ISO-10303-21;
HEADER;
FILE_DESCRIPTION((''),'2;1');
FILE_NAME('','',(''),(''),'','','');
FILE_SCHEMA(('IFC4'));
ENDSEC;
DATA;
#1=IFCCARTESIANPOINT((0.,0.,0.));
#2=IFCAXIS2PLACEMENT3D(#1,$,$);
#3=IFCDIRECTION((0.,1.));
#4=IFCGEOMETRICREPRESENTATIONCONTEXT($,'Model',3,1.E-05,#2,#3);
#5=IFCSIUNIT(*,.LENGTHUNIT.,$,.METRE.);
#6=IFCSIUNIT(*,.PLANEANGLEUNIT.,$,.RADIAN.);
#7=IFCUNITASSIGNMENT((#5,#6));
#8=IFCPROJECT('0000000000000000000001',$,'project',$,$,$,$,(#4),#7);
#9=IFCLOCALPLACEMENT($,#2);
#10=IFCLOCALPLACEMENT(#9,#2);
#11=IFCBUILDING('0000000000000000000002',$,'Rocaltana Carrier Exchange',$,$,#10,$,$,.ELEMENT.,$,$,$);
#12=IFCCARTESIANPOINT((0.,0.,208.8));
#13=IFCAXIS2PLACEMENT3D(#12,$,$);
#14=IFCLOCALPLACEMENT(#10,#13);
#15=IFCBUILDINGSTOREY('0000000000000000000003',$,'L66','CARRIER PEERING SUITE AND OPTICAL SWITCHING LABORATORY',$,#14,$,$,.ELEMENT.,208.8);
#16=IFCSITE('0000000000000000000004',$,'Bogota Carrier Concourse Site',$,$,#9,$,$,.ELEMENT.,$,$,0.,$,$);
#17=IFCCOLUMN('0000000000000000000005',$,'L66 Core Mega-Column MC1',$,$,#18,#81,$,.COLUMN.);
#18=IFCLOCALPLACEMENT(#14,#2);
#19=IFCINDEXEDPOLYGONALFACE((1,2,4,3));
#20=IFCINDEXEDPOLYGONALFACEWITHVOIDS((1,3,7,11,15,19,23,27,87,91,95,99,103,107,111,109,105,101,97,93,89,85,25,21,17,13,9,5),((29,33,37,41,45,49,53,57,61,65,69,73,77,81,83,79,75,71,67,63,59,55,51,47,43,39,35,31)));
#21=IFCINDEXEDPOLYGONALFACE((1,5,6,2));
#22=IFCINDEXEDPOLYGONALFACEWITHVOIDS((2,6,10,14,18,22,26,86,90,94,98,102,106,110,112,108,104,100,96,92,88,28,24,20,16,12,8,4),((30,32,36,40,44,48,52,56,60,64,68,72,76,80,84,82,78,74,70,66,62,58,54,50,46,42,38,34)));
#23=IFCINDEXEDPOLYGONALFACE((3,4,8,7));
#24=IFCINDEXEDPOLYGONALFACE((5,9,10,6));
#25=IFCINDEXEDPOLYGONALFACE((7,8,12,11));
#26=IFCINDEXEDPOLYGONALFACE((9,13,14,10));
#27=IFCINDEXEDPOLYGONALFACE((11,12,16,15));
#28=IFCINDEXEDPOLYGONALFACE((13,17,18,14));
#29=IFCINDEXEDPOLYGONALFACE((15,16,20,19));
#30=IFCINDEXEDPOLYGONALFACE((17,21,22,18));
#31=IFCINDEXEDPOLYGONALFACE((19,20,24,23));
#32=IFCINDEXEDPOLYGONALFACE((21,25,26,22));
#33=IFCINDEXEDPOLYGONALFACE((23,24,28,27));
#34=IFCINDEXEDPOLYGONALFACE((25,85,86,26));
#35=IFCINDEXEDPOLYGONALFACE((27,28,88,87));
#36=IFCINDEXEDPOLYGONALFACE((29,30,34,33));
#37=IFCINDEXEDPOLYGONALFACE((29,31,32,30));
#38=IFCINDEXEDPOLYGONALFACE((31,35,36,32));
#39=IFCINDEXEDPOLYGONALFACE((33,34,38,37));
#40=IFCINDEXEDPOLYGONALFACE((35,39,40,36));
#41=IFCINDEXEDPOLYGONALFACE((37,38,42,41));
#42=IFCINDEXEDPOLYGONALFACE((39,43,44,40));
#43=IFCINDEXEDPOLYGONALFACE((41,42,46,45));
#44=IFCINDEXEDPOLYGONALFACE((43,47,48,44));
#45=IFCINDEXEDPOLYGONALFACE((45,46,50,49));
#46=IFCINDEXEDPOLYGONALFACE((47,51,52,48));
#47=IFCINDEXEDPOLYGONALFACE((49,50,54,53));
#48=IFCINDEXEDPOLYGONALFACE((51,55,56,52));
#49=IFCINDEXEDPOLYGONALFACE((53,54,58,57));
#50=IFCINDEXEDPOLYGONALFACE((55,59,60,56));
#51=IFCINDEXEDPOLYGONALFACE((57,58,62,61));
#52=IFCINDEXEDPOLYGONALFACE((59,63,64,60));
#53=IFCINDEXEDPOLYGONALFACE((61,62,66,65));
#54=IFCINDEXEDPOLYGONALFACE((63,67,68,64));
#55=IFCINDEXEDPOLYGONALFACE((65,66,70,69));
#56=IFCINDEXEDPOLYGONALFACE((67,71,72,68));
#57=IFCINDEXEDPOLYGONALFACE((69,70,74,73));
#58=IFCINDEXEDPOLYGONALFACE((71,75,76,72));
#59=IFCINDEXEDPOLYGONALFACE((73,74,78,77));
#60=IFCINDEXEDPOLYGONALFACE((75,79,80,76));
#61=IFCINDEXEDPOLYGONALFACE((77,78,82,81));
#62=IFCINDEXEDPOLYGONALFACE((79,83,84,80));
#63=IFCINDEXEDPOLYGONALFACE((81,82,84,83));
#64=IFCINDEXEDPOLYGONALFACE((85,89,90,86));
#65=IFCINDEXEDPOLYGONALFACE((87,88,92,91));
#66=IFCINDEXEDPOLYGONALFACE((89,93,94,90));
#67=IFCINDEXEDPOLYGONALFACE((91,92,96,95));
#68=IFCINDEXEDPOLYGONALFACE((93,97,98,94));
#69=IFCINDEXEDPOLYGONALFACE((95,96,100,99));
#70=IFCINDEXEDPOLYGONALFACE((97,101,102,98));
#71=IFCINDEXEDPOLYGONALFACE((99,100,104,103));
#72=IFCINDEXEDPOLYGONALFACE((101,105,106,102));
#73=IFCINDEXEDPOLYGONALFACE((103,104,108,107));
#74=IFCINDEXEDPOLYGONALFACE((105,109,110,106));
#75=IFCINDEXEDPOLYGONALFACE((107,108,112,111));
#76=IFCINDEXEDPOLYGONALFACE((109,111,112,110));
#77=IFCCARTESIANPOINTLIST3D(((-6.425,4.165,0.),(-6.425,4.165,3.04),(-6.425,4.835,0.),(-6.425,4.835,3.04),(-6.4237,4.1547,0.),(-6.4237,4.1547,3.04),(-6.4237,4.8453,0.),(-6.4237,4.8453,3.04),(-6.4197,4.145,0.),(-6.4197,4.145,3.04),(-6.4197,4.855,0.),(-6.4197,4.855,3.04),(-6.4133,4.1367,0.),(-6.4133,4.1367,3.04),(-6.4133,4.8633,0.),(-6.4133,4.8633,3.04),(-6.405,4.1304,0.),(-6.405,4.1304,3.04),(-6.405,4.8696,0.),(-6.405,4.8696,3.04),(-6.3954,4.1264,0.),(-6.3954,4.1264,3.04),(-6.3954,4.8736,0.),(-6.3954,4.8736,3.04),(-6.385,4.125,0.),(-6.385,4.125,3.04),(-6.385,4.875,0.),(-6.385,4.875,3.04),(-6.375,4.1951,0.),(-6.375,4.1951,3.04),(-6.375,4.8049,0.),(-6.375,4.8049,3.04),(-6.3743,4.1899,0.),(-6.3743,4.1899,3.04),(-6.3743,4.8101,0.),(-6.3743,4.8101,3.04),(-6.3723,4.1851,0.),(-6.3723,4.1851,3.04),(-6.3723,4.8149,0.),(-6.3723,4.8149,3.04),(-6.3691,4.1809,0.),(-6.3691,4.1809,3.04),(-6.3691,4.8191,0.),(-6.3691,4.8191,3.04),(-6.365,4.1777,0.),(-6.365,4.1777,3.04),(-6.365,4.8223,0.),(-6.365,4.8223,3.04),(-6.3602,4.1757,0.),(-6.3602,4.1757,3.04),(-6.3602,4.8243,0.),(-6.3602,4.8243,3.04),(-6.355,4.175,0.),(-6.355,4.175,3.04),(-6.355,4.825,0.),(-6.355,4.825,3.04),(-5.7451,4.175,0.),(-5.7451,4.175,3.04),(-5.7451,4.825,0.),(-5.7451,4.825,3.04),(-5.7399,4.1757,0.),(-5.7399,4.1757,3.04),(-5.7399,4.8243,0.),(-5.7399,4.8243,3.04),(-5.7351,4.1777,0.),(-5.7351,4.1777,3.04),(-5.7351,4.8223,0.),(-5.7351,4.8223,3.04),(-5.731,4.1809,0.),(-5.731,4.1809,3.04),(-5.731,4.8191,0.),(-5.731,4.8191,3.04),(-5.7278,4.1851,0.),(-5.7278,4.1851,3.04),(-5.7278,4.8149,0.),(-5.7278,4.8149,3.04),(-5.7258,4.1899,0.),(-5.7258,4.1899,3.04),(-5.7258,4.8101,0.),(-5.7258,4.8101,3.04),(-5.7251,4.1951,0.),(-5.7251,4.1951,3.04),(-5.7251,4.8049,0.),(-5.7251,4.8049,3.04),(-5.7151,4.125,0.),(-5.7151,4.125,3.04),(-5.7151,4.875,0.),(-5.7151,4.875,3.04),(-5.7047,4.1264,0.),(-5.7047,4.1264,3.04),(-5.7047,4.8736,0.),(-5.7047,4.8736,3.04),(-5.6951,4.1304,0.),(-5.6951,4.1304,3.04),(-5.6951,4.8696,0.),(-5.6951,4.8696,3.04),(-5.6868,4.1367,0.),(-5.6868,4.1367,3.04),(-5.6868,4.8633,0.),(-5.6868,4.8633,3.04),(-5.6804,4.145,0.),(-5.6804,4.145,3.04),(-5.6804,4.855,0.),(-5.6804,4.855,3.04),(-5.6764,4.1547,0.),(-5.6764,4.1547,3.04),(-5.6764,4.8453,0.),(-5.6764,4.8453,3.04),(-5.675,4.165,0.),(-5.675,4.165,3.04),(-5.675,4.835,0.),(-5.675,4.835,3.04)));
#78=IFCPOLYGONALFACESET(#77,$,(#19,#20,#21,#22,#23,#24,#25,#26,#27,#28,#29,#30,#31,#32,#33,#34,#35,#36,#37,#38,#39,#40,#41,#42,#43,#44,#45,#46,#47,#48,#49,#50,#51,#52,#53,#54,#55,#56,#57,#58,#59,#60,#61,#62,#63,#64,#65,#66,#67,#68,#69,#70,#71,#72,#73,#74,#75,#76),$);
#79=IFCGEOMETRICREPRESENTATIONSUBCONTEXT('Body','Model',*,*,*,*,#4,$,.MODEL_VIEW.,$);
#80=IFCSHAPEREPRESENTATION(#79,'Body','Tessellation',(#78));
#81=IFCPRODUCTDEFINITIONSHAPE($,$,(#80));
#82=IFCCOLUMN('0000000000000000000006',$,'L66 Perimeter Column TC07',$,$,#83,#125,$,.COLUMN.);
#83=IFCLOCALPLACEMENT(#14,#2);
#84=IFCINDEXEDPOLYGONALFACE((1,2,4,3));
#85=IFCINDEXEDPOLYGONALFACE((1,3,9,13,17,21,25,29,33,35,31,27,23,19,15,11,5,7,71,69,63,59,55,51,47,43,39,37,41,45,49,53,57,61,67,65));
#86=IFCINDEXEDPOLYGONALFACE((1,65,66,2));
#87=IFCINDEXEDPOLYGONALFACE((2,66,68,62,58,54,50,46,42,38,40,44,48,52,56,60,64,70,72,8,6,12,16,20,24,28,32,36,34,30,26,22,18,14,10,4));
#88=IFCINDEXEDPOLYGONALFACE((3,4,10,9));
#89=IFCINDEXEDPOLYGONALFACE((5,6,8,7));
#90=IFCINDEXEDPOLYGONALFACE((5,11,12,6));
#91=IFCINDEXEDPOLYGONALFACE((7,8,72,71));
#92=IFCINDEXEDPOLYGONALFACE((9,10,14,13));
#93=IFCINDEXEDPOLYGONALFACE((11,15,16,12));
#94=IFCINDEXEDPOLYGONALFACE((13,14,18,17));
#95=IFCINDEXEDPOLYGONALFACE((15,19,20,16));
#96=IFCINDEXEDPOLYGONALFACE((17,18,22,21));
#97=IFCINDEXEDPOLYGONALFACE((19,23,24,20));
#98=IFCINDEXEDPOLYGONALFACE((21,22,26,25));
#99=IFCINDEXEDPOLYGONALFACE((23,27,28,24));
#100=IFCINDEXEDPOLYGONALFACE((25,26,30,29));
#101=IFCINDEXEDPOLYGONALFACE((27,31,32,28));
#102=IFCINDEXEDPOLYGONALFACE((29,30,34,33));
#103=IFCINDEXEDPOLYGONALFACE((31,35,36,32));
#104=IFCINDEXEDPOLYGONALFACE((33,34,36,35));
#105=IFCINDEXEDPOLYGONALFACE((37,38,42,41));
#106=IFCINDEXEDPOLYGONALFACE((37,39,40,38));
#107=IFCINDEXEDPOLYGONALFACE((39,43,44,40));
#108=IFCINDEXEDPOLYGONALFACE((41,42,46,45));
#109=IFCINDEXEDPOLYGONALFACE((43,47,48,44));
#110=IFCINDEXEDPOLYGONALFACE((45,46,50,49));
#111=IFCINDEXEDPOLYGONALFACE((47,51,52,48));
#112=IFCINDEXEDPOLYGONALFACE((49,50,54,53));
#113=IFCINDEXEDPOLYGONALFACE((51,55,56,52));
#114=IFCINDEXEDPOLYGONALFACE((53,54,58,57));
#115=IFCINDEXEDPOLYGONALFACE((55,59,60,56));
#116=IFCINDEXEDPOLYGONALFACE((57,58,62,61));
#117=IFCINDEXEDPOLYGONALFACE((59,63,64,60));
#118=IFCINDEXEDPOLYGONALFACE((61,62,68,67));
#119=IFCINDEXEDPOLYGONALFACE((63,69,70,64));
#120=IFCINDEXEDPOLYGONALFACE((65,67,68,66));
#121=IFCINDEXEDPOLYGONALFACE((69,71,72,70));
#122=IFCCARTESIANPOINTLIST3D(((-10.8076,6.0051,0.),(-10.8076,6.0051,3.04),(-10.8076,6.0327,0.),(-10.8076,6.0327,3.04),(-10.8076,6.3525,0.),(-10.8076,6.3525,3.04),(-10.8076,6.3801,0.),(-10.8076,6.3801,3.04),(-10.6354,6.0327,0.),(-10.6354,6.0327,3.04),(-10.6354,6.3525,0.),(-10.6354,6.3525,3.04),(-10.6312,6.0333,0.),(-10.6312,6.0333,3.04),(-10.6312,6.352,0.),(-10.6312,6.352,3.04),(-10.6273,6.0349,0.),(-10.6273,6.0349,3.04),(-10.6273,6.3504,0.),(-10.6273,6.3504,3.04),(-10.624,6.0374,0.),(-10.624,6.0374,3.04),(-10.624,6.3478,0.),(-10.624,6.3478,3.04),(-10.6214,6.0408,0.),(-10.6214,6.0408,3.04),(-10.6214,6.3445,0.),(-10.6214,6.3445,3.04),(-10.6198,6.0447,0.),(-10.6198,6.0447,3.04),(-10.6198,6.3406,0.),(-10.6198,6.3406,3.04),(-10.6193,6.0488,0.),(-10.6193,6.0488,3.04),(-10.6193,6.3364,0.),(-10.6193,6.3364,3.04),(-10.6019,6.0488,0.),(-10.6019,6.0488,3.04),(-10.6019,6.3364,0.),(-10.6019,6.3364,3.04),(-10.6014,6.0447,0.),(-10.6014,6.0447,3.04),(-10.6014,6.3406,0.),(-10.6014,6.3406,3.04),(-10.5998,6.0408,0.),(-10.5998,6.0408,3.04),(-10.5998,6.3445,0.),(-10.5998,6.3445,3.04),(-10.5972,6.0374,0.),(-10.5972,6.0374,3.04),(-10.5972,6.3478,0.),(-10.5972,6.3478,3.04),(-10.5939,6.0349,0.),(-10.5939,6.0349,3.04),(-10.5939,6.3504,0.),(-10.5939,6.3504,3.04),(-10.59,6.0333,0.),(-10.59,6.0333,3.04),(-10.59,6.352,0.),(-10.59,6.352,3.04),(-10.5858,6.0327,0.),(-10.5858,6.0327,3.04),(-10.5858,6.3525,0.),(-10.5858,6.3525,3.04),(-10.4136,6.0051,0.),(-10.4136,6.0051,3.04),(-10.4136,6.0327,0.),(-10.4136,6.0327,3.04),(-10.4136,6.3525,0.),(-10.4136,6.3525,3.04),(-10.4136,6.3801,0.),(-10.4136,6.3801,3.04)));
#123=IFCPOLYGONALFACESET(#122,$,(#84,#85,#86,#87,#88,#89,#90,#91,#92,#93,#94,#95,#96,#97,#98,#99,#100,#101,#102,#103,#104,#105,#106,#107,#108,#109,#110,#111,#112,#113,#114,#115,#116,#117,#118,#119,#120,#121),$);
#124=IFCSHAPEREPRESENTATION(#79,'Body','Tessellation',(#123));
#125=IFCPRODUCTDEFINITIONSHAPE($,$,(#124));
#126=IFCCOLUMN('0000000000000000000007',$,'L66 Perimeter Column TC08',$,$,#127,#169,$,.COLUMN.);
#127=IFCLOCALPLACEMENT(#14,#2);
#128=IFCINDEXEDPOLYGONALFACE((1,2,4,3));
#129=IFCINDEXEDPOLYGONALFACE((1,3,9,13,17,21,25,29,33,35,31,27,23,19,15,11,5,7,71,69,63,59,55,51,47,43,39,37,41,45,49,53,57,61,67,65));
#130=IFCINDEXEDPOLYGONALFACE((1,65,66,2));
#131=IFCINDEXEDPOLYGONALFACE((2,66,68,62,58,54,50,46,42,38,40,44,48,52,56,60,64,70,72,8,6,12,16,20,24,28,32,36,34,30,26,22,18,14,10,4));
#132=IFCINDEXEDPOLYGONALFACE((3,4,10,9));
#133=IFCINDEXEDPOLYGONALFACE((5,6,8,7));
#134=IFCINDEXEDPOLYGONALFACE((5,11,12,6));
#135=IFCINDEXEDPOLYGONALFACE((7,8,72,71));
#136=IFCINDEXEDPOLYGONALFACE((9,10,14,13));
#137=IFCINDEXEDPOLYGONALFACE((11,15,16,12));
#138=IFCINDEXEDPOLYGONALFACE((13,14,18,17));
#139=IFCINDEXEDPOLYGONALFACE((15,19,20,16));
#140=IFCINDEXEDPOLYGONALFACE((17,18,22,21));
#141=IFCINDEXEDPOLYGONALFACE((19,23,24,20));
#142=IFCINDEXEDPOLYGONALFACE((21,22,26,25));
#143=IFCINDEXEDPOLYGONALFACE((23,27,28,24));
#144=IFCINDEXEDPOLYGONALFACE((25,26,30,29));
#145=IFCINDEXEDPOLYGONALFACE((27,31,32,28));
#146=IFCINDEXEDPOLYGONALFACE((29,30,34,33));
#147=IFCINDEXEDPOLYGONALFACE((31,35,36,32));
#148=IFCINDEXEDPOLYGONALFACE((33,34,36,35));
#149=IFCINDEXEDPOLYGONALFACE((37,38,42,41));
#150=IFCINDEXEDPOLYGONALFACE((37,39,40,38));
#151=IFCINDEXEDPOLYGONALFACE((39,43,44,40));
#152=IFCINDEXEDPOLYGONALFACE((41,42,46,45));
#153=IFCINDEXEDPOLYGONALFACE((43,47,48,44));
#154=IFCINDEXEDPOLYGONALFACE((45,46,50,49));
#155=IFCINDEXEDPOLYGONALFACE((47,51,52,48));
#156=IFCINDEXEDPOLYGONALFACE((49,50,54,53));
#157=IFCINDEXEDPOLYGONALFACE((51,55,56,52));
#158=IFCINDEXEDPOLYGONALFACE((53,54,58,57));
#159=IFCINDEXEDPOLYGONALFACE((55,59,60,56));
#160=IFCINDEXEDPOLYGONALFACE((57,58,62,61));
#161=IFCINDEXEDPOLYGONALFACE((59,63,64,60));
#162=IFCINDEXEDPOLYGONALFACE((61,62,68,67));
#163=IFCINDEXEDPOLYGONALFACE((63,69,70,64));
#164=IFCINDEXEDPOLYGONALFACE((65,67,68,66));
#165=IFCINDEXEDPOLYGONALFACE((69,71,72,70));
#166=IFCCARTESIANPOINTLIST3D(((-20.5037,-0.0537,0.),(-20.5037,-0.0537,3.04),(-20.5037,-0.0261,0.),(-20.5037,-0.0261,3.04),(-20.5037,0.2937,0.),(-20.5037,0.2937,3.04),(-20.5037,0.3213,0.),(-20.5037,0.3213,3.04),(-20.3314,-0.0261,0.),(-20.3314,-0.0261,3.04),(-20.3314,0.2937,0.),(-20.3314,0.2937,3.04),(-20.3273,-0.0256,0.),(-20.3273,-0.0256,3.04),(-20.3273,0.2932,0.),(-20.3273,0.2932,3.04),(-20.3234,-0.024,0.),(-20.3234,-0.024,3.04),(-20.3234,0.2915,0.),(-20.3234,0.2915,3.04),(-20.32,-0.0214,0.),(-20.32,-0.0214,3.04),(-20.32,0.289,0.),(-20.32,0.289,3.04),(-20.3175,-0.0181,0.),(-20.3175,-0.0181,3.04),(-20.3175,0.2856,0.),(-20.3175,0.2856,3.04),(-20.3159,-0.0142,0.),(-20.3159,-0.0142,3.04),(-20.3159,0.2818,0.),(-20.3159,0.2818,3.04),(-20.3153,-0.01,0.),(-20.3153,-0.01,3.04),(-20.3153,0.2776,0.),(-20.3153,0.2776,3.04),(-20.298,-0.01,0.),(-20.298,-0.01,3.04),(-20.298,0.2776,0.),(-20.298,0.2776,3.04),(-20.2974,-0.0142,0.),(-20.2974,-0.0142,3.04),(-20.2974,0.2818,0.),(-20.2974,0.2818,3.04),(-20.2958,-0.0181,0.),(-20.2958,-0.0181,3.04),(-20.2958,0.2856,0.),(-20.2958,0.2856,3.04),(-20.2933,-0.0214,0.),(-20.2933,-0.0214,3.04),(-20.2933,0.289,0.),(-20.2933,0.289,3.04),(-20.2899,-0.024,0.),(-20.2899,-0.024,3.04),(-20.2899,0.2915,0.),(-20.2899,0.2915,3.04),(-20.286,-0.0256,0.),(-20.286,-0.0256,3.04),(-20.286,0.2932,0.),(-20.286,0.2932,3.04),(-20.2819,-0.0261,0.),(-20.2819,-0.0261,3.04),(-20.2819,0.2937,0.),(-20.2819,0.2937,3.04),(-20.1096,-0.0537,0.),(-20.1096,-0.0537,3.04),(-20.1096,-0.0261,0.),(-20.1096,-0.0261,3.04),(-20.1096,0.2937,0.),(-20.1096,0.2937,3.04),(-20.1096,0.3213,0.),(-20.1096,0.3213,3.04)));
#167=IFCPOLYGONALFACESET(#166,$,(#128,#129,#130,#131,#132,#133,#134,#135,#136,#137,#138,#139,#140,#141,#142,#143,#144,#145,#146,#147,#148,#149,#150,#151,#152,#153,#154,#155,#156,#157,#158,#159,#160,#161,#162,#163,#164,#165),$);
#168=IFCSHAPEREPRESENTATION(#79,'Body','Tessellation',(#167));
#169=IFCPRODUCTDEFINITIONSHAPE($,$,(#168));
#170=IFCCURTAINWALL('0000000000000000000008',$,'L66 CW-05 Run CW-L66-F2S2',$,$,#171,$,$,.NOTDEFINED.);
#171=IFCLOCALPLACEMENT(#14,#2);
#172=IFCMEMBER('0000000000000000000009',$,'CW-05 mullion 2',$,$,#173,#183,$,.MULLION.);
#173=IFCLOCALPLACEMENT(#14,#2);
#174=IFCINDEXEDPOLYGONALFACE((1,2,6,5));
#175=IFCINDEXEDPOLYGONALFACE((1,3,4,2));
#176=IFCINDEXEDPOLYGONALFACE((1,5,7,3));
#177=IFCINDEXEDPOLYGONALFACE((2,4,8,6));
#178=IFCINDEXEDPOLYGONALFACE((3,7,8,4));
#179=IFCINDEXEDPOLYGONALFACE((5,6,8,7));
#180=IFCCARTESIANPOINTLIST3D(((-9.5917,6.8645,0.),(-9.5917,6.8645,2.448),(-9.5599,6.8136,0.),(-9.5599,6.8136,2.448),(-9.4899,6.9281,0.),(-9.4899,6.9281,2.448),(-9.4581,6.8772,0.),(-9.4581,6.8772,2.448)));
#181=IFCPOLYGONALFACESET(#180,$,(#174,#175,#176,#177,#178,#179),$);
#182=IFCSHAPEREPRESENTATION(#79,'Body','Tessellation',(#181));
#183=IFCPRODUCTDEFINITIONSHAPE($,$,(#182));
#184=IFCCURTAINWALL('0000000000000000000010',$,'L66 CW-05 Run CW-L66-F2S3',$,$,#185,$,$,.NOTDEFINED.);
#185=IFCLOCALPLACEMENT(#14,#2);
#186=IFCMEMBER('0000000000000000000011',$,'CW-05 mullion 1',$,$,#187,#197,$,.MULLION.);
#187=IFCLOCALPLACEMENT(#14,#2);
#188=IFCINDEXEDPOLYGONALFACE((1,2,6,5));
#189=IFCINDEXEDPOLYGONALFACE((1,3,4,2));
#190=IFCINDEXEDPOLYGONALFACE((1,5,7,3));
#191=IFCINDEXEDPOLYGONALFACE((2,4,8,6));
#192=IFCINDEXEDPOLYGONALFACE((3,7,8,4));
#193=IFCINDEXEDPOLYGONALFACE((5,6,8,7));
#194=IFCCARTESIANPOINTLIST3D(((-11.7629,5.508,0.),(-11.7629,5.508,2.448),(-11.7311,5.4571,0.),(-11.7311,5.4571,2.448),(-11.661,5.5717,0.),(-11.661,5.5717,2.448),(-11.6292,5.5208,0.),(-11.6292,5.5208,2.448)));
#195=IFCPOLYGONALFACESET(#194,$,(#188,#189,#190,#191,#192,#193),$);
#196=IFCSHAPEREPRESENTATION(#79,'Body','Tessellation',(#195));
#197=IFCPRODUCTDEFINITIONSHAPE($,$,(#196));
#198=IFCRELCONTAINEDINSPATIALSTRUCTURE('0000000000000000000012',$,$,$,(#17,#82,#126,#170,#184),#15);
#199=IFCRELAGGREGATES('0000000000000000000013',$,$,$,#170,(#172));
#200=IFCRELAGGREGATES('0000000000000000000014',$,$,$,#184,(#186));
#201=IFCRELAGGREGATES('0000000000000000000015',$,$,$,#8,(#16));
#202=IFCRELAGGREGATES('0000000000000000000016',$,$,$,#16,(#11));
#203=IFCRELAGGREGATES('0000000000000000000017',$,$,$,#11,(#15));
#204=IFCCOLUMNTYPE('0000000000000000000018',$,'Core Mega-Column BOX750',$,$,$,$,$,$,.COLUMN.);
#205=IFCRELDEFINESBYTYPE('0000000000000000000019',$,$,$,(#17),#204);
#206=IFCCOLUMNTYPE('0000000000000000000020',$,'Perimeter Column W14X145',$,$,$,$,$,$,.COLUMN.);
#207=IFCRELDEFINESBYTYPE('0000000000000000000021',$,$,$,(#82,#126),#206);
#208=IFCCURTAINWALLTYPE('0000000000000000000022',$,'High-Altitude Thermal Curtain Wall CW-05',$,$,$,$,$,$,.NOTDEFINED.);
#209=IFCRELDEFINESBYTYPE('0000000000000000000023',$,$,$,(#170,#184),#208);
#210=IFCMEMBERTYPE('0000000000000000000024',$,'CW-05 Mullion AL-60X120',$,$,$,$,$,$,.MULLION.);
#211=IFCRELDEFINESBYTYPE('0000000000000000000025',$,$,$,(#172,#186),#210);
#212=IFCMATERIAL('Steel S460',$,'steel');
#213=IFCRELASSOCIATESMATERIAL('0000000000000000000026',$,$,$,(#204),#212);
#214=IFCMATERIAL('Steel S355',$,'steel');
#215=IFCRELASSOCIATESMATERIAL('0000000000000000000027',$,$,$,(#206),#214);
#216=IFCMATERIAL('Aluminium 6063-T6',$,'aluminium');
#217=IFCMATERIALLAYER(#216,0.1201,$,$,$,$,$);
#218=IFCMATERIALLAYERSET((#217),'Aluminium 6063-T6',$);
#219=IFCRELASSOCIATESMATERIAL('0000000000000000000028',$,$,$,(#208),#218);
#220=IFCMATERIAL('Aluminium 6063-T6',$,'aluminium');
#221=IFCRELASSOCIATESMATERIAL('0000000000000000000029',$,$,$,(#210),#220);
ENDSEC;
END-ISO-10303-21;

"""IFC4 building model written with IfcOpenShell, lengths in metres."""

from ifc_helpers import new_model, si_unit, direction, frame, origin, origin_2d, place, context, subcontext, project, spatial, rectangle, hollow_rectangle, i_section, extrude, material, layer, layer_set, material_profile, profile_set, type_object, element, aggregate, save


model = new_model("IFC4")

# Units and contexts
model_context = context("Model", 3, precision=1e-05, world=origin(), true_north=direction((0.0, 1.0)))
body_context = subcontext(model_context, "Body", "Model", "MODEL_VIEW")
ifc_project = project(units=[si_unit("LENGTHUNIT", "METRE"), si_unit("PLANEANGLEUNIT", "RADIAN")], contexts=[model_context])

# Site, building, storey
site_placement = place(None, origin())
site = spatial("IfcSite", under=ifc_project, at=site_placement, Name="Bogota Carrier Concourse Site", CompositionType="ELEMENT", RefElevation=0.0)
building_placement = place(site_placement, origin())
building = spatial("IfcBuilding", under=site, at=building_placement, Name="Rocaltana Carrier Exchange", CompositionType="ELEMENT")
storey_placement = place(building_placement, frame((0.0, 0.0, 208.8)))
storey = spatial("IfcBuildingStorey", under=building, at=storey_placement, Name="L66", Description="CARRIER PEERING SUITE AND OPTICAL SWITCHING LABORATORY", CompositionType="ELEMENT", Elevation=208.8)

# Columns
ifc_material_1 = material(Name="Steel S460", Category="steel")
ifc_material_profile_1 = material_profile(ifc_material_1, hollow_rectangle(XDim=0.75, YDim=0.75, WallThickness=0.05, InnerFilletRadius=0.02, OuterFilletRadius=0.04, at=origin_2d()), Name="BOX750X750X50")
ifc_profile_set_1 = profile_set([ifc_material_profile_1], Name="Steel S460")
column_type_1 = type_object("IfcColumnType", Name="Core Mega-Column BOX750", PredefinedType="COLUMN", material=ifc_profile_set_1)
column_placement = place(storey_placement, frame((-6.05, 4.5, 0.0), z_axis=(0.0, 0.0, 1.0), x_axis=(1.0, 0.0, 0.0)))
element("IfcColumn", 1, at=column_placement, inside=storey, type_object=column_type_1, Name="L66 Core Mega-Column MC1", PredefinedType="COLUMN", context=body_context, shape_type="SweptSolid", body=[
    extrude(hollow_rectangle(XDim=0.75, YDim=0.75, WallThickness=0.05, InnerFilletRadius=0.02, OuterFilletRadius=0.04, at=origin_2d()), origin(), (0.0, 0.0, 1.0), 3.04),
])
ifc_material_2 = material(Name="Steel S355", Category="steel")
ifc_material_profile_2 = material_profile(ifc_material_2, i_section(OverallWidth=0.394, OverallDepth=0.375, WebThickness=0.0173, FlangeThickness=0.0276, FilletRadius=0.0161, at=origin_2d()), Name="W14X145")
ifc_profile_set_2 = profile_set([ifc_material_profile_2], Name="Steel S355")
column_type_2 = type_object("IfcColumnType", Name="Perimeter Column W14X145", PredefinedType="COLUMN", material=ifc_profile_set_2)
for number, where, z_axis, x_axis, name in (
    (2, (-10.6106, 6.1926, 0.0), (0.0, 0.0, 1.0), (1.0, 0.0, 0.0), "L66 Perimeter Column TC07"),
    (3, (-20.3066, 0.1338, 0.0), (0.0, 0.0, 1.0), (1.0, 0.0, 0.0), "L66 Perimeter Column TC08"),
):
    element("IfcColumn", number, at=place(storey_placement, frame(where, z_axis=z_axis, x_axis=x_axis)), inside=storey, type_object=column_type_2, Name=name, PredefinedType="COLUMN", context=body_context, shape_type="SweptSolid", body=[
        extrude(i_section(OverallWidth=0.394, OverallDepth=0.375, WebThickness=0.0173, FlangeThickness=0.0276, FilletRadius=0.0161, at=origin_2d()), origin(), (0.0, 0.0, 1.0), 3.04),
    ])

# Curtain wall, member
ifc_material_3 = material(Name="Aluminium 6063-T6", Category="aluminium")
ifc_layer_1 = layer(ifc_material_3, 0.1201)
ifc_layer_set_1 = layer_set([ifc_layer_1], Name="Aluminium 6063-T6")
curtain_wall_type = type_object("IfcCurtainWallType", Name="High-Altitude Thermal Curtain Wall CW-05", PredefinedType="NOTDEFINED", material=ifc_layer_set_1)
curtain_wall_1_placement = place(storey_placement, origin())
curtain_wall_1 = element("IfcCurtainWall", 4, at=curtain_wall_1_placement, inside=storey, type_object=curtain_wall_type, Name="L66 CW-05 Run CW-L66-F2S2", PredefinedType="NOTDEFINED")
ifc_material_4 = material(Name="Aluminium 6063-T6", Category="aluminium")
ifc_material_profile_3 = material_profile(ifc_material_4, rectangle(XDim=0.0601, YDim=0.1201, at=origin_2d()), Name="AL-60X120")
ifc_profile_set_3 = profile_set([ifc_material_profile_3], Name="Aluminium 6063-T6")
member_type_1 = type_object("IfcMemberType", Name="CW-05 Mullion AL-60X120", PredefinedType="MULLION", material=ifc_profile_set_3)
member_1_placement = place(storey_placement, frame((-9.5249, 6.8708, 0.0), z_axis=(0.0, 0.0, 1.0), x_axis=(0.52992, -0.848047, 0.0)))
member_1 = element("IfcMember", 5, at=member_1_placement, type_object=member_type_1, Name="CW-05 mullion 2", PredefinedType="MULLION", context=body_context, shape_type="SweptSolid", body=[
    extrude(rectangle(XDim=0.0601, YDim=0.1201, at=origin_2d()), origin(), (0.0, 0.0, 1.0), 2.448),
])
aggregate(curtain_wall_1, [member_1])

# Curtain wall, member
curtain_wall_2_placement = place(storey_placement, origin())
curtain_wall_2 = element("IfcCurtainWall", 6, at=curtain_wall_2_placement, inside=storey, type_object=curtain_wall_type, Name="L66 CW-05 Run CW-L66-F2S3", PredefinedType="NOTDEFINED")
member_2_placement = place(storey_placement, frame((-11.696, 5.5144, 0.0), z_axis=(0.0, 0.0, 1.0), x_axis=(0.529915, -0.84805, 0.0)))
member_2 = element("IfcMember", 7, at=member_2_placement, type_object=member_type_1, Name="CW-05 mullion 1", PredefinedType="MULLION", context=body_context, shape_type="SweptSolid", body=[
    extrude(rectangle(XDim=0.0601, YDim=0.1201, at=origin_2d()), origin(), (0.0, 0.0, 1.0), 2.448),
])

aggregate(curtain_wall_2, [member_2])

save(model, "model.ifc")
